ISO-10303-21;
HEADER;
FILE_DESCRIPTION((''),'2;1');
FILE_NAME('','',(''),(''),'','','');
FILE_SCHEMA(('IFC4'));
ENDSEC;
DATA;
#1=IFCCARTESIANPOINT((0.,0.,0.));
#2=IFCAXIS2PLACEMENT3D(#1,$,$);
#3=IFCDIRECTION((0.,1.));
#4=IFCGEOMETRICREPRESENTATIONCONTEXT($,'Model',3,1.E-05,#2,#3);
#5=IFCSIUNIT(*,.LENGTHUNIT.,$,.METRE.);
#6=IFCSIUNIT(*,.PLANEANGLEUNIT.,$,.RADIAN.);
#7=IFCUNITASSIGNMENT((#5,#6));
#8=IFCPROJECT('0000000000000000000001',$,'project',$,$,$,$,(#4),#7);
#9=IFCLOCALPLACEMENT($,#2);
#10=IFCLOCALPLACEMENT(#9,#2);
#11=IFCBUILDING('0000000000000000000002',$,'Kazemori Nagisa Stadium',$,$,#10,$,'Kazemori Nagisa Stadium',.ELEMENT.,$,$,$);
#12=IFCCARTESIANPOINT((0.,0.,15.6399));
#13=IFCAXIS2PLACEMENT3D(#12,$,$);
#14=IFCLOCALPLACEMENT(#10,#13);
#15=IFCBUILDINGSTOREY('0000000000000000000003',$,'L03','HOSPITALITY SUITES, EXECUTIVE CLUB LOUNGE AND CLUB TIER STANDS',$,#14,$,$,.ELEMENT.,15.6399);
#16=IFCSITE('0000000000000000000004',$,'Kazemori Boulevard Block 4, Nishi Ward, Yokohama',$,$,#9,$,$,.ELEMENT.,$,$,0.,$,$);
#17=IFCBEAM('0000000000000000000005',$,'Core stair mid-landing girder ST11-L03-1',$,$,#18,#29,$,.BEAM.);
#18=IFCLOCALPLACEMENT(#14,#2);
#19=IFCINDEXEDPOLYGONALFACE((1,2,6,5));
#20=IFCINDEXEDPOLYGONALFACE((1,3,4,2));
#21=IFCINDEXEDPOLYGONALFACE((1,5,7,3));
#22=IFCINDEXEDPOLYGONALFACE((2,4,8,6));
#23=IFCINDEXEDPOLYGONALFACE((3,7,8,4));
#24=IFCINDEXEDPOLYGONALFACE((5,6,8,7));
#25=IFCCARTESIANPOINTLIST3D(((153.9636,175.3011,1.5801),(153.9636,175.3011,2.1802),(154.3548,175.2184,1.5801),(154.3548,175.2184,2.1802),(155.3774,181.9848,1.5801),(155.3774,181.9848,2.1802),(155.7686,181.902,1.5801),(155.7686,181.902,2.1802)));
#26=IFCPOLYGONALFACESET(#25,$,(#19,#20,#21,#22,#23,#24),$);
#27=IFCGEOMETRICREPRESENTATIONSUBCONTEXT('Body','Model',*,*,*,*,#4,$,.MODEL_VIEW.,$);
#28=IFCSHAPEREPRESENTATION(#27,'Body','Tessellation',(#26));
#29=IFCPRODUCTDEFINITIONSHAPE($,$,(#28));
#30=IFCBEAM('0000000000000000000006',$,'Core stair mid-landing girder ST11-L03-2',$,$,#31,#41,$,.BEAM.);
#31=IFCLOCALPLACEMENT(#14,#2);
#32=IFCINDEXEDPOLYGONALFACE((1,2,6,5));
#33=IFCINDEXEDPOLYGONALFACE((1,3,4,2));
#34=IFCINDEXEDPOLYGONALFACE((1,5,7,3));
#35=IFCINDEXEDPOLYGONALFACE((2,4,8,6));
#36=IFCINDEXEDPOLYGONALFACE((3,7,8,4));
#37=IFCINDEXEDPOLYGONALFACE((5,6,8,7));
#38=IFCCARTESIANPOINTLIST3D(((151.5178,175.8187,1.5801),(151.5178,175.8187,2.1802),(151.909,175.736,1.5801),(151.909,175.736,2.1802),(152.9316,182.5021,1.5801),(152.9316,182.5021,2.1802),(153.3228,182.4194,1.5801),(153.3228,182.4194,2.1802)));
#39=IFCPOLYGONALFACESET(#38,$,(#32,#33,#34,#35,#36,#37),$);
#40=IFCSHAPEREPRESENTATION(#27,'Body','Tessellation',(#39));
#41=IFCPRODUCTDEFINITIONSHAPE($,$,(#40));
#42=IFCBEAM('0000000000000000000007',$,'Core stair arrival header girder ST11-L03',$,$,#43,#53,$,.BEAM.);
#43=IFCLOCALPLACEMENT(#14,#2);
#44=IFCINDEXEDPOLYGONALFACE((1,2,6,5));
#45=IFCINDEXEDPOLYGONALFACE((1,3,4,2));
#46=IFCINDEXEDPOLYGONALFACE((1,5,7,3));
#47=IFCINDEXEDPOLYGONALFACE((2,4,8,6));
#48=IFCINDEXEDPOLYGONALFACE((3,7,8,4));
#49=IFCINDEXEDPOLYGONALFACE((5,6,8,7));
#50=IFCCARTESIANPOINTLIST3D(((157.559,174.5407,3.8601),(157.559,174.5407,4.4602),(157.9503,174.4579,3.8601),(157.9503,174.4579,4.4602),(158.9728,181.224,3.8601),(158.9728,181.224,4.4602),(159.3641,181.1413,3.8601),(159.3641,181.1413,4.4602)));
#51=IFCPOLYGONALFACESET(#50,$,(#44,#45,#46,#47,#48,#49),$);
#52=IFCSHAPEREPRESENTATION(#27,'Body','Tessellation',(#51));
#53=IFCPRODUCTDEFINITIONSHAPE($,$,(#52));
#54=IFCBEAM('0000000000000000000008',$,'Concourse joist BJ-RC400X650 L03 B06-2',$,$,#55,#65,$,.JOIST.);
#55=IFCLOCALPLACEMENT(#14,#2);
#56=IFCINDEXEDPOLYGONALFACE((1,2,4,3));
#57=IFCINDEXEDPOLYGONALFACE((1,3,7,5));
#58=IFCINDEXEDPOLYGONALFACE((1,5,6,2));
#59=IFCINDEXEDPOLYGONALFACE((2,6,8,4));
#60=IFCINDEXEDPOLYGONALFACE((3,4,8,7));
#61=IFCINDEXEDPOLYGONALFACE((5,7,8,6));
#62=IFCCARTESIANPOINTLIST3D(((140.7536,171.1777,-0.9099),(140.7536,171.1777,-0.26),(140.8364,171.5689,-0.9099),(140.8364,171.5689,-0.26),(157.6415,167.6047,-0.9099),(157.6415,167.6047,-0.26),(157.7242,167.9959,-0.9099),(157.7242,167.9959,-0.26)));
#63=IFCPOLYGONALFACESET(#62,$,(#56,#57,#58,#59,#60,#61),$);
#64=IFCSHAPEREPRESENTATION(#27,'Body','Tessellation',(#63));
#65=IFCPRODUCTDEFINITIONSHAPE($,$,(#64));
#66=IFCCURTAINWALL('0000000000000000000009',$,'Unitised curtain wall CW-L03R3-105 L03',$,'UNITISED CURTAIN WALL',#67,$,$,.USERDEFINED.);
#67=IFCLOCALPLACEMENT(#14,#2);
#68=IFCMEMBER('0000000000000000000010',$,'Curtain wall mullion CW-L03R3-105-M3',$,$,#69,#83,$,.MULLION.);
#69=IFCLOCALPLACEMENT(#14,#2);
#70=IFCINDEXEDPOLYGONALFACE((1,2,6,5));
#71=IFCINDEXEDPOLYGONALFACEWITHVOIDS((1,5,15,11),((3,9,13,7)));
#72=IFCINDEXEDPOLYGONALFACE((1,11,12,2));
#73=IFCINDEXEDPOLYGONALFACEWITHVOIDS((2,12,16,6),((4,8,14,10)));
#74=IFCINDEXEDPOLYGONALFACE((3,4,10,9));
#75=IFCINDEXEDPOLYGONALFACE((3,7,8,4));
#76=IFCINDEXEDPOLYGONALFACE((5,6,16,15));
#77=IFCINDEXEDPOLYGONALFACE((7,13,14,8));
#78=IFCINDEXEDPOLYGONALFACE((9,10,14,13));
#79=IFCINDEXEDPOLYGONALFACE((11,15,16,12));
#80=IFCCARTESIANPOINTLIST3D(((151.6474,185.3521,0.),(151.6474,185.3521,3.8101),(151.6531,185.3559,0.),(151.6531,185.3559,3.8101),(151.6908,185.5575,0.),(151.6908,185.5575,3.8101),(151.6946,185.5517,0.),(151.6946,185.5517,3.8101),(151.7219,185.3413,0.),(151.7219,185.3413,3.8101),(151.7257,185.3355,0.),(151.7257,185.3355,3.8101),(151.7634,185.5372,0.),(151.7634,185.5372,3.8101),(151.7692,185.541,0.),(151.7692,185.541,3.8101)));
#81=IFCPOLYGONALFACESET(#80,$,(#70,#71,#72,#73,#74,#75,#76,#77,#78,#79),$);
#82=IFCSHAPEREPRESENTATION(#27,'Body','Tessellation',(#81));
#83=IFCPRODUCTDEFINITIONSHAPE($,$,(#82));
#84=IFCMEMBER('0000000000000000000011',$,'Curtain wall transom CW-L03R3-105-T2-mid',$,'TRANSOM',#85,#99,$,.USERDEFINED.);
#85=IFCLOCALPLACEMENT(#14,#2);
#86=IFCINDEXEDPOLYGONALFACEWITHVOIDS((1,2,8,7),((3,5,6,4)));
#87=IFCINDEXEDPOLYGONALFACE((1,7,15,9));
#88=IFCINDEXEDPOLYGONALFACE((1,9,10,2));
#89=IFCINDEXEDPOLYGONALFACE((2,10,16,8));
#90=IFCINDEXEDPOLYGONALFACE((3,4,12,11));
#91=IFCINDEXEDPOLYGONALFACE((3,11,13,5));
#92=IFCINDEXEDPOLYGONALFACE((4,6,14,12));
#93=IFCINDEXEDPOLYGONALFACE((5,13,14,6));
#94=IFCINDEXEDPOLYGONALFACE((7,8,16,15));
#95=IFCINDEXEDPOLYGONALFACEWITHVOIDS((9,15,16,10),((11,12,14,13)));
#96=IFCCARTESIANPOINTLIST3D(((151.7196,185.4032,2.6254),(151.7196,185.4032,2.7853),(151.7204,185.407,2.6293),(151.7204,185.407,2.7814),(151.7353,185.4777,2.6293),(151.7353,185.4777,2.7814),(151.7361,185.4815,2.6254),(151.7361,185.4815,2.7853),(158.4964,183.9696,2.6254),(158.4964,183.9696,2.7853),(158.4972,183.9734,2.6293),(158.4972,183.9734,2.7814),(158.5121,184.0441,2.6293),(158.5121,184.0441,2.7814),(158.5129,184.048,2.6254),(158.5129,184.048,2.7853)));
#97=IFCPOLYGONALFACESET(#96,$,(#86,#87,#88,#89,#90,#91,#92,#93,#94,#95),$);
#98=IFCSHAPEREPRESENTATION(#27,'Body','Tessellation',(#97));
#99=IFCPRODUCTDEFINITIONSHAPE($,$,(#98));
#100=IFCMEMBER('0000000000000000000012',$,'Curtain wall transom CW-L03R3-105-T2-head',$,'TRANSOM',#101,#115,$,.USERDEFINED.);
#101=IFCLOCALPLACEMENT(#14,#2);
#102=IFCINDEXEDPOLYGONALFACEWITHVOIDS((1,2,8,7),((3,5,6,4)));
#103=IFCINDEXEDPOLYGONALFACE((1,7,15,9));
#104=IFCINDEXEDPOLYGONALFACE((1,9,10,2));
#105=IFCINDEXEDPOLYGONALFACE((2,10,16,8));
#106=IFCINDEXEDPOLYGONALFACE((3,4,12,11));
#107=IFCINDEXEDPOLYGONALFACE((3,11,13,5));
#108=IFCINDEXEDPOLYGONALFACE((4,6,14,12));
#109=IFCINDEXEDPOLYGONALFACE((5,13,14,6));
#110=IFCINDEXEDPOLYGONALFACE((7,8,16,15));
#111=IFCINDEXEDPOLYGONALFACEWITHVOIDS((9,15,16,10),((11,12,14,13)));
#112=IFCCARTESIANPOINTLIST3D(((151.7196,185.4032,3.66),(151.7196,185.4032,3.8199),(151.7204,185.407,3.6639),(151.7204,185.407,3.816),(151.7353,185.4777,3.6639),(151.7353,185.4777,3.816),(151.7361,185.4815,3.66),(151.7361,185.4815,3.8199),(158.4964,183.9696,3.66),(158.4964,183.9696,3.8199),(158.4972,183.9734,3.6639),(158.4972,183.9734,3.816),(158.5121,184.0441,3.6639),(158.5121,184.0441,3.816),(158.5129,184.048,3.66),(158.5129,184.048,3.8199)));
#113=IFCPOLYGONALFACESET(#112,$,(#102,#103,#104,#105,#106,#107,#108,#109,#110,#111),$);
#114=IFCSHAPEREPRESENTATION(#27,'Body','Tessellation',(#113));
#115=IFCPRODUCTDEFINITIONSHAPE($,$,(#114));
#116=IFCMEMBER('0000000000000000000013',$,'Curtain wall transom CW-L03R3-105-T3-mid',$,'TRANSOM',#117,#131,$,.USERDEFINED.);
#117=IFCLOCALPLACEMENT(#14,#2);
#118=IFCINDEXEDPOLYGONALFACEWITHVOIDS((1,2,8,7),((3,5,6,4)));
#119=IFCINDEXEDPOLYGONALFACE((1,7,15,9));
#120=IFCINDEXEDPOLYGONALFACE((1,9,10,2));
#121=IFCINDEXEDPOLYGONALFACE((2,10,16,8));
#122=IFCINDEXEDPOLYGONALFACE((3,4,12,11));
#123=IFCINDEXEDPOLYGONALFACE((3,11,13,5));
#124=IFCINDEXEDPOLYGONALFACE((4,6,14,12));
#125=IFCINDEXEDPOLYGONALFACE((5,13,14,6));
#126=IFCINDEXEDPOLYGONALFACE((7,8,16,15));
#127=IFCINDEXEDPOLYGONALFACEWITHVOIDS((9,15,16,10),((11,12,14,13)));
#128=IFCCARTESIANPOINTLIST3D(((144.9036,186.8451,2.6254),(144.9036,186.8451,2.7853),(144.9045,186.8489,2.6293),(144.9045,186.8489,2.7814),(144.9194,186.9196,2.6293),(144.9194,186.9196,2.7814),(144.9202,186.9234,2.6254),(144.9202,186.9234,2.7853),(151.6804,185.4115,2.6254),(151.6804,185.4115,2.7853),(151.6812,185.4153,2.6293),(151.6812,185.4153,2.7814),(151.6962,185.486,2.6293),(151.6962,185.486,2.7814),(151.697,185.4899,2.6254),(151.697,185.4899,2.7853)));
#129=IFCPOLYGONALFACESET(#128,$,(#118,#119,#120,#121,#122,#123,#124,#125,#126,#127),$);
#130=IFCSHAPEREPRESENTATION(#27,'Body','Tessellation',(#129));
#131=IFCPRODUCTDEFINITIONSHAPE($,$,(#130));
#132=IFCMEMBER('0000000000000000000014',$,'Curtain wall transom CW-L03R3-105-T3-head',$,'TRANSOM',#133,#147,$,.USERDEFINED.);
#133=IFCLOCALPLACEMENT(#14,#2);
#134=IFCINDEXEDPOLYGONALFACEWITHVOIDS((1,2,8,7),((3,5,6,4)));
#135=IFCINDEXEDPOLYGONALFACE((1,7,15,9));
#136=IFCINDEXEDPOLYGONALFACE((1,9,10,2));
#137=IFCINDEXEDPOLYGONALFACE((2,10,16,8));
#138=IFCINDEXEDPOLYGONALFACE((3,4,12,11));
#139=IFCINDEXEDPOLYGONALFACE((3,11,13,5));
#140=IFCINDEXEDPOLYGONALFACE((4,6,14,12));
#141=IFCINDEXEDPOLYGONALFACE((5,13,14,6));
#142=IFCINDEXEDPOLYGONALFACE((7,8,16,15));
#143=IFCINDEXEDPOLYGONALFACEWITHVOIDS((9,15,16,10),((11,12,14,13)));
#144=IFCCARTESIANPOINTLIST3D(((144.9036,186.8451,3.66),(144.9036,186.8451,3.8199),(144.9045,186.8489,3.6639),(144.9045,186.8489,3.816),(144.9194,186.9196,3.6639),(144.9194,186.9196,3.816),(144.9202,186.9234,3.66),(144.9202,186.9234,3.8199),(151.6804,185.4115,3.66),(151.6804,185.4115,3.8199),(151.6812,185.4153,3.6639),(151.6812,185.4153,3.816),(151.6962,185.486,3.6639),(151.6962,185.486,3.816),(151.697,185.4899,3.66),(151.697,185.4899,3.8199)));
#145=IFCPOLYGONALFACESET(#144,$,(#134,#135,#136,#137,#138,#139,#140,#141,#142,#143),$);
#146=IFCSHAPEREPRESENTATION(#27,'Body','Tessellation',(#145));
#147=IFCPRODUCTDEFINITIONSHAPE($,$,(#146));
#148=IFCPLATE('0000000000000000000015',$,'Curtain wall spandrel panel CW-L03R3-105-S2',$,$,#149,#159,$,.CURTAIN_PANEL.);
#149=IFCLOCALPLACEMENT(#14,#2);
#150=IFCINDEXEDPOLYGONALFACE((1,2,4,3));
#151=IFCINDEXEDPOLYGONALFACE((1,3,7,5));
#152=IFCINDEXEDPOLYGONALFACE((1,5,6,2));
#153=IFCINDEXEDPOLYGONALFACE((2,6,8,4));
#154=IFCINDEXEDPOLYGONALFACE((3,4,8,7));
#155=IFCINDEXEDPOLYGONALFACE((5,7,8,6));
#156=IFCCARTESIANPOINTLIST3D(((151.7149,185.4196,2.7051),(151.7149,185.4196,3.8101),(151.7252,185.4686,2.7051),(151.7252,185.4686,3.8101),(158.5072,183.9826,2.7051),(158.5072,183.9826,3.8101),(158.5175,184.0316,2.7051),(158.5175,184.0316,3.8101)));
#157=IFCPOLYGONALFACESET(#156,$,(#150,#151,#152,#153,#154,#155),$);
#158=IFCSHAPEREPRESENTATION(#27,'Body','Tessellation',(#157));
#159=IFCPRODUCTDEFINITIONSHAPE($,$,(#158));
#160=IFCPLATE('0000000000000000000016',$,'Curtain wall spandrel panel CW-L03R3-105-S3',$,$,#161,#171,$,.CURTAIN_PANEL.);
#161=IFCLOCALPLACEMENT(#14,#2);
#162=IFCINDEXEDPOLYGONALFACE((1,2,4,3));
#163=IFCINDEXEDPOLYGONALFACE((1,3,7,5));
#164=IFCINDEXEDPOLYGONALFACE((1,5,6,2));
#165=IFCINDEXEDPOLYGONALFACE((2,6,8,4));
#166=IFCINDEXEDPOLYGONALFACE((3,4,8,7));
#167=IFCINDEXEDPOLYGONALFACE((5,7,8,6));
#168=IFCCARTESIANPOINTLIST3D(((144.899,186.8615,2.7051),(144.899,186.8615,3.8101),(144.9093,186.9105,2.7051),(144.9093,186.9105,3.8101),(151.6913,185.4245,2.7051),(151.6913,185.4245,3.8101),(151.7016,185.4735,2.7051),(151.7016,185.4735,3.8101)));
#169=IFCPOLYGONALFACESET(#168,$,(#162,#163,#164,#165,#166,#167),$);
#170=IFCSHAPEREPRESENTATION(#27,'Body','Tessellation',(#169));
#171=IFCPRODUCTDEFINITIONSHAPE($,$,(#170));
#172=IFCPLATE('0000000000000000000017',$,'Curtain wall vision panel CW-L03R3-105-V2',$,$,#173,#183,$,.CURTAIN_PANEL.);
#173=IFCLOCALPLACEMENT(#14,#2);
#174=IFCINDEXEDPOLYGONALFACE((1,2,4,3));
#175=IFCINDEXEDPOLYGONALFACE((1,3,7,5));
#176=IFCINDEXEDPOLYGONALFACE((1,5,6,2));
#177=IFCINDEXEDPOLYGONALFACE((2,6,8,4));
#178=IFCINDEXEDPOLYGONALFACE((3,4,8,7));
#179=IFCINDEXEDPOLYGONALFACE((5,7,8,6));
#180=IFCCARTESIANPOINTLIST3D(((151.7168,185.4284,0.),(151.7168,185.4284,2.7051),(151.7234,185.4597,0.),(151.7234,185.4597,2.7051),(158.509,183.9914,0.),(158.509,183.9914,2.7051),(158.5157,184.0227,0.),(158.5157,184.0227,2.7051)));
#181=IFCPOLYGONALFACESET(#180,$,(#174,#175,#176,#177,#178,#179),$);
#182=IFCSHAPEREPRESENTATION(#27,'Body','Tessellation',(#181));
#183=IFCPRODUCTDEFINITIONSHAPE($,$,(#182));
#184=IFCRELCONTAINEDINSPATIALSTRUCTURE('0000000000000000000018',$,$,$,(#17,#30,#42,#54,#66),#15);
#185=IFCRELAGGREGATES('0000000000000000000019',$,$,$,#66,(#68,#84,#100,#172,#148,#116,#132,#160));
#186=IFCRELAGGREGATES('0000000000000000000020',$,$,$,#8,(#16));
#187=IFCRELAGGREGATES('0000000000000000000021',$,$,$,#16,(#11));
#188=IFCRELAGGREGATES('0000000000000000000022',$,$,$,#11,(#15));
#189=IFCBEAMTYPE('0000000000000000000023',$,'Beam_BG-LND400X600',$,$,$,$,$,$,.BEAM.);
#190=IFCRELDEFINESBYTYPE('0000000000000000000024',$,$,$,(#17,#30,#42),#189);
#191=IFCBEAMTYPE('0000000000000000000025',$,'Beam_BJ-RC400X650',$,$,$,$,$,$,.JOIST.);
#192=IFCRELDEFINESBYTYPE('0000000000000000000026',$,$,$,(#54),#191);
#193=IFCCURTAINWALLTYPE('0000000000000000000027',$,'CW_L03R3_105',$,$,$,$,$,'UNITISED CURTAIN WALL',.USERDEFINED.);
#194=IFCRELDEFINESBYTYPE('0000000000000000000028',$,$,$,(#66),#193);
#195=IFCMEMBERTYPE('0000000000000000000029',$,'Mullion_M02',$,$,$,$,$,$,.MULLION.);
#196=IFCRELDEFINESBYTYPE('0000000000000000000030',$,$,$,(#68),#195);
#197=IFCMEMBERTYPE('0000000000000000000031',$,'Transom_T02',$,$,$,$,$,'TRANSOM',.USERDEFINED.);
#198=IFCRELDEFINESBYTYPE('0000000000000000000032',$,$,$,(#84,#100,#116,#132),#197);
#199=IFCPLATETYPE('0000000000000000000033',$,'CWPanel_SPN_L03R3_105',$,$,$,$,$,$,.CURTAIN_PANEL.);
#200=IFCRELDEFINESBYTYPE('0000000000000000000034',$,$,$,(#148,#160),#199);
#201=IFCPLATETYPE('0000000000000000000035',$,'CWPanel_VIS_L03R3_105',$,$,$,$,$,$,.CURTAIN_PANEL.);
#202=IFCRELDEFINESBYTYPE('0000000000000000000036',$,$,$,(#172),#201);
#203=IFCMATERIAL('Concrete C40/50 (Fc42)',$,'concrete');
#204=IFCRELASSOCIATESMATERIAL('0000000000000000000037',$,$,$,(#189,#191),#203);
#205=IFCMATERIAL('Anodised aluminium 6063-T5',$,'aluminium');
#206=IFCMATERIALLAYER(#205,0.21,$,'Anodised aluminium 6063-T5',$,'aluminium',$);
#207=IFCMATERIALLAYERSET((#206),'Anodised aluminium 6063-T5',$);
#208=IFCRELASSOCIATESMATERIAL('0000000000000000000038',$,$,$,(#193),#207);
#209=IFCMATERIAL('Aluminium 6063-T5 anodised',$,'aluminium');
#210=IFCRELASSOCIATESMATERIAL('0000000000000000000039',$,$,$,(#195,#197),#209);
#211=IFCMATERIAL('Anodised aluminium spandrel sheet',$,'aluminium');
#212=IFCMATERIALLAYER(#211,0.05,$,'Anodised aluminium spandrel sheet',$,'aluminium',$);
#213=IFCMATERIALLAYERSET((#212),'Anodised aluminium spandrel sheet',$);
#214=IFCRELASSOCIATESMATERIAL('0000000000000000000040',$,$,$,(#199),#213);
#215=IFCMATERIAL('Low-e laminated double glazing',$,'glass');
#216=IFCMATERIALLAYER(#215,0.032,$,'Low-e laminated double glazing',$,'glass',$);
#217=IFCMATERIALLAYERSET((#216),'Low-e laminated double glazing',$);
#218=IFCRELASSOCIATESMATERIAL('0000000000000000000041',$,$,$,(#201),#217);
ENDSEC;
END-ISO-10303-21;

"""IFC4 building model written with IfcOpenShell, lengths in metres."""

from ifc_helpers import new_model, si_unit, direction, frame, origin, origin_2d, place, context, subcontext, project, spatial, rectangle, hollow_rectangle, extrude, material, layer, layer_set, material_profile, profile_set, type_object, element, aggregate, save


model = new_model("IFC4")

# Units and contexts
model_context = context("Model", 3, precision=1e-05, world=origin(), true_north=direction((0.0, 1.0)))
body_context = subcontext(model_context, "Body", "Model", "MODEL_VIEW")
ifc_project = project(units=[si_unit("LENGTHUNIT", "METRE"), si_unit("PLANEANGLEUNIT", "RADIAN")], contexts=[model_context])

# Site, building, storey
site_placement = place(None, origin())
site = spatial("IfcSite", under=ifc_project, at=site_placement, Name="Kazemori Boulevard Block 4, Nishi Ward, Yokohama", CompositionType="ELEMENT", RefElevation=0.0)
building_placement = place(site_placement, origin())
building = spatial("IfcBuilding", under=site, at=building_placement, Name="Kazemori Nagisa Stadium", LongName="Kazemori Nagisa Stadium", CompositionType="ELEMENT")
storey_placement = place(building_placement, frame((0.0, 0.0, 15.6399)))
storey = spatial("IfcBuildingStorey", under=building, at=storey_placement, Name="L03", Description="HOSPITALITY SUITES, EXECUTIVE CLUB LOUNGE AND CLUB TIER STANDS", CompositionType="ELEMENT", Elevation=15.6399)

# Beams
ifc_material_1 = material(Name="Concrete C40/50 (Fc42)", Category="concrete")
ifc_material_profile_1 = material_profile(ifc_material_1, rectangle(XDim=0.3999, YDim=0.6001, at=origin_2d()), Name="RC-BM-400x600")
ifc_profile_set_1 = profile_set([ifc_material_profile_1], Name="Concrete C40/50 (Fc42)")
beam_type_1 = type_object("IfcBeamType", Name="Beam_BG-LND400X600", PredefinedType="BEAM", material=ifc_profile_set_1)
beam_1_placement = place(storey_placement, frame((154.1592, 175.2598, 1.8801), z_axis=(0.206956, 0.97835, 0.0), x_axis=(-0.97835, 0.206956, 0.0)))
element("IfcBeam", 1, at=beam_1_placement, inside=storey, type_object=beam_type_1, Name="Core stair mid-landing girder ST11-L03-1", PredefinedType="BEAM", context=body_context, shape_type="SweptSolid", body=[
    extrude(rectangle(XDim=0.3999, YDim=0.6001, at=origin_2d()), origin(), (0.0, 0.0, 1.0), 6.8315),
])
for number, where, z_axis, x_axis, name in (
    (2, (151.7134, 175.7773, 1.8801), (0.206963, 0.978349, 0.0), (-0.978349, 0.206963, 0.0), "Core stair mid-landing girder ST11-L03-2"),
    (3, (157.7546, 174.4993, 4.1602), (0.206963, 0.978349, 0.0), (-0.978349, 0.206963, 0.0), "Core stair arrival header girder ST11-L03"),
):
    element("IfcBeam", number, at=place(storey_placement, frame(where, z_axis=z_axis, x_axis=x_axis)), inside=storey, type_object=beam_type_1, Name=name, PredefinedType="BEAM", context=body_context, shape_type="SweptSolid", body=[
        extrude(rectangle(XDim=0.3999, YDim=0.6001, at=origin_2d()), origin(), (0.0, 0.0, 1.0), 6.8313),
    ])
ifc_material_profile_2 = material_profile(ifc_material_1, rectangle(XDim=0.3999, YDim=0.6499, at=origin_2d()), Name="RC-BM-400x650")
ifc_profile_set_2 = profile_set([ifc_material_profile_2], Name="Concrete C40/50 (Fc42)")
beam_type_2 = type_object("IfcBeamType", Name="Beam_BJ-RC400X650", PredefinedType="JOIST", material=ifc_profile_set_2)
beam_2_placement = place(storey_placement, frame((157.6829, 167.8003, -0.585), z_axis=(-0.978343, 0.206989, 0.0), x_axis=(-0.206989, -0.978343, 0.0)))
element("IfcBeam", 4, at=beam_2_placement, inside=storey, type_object=beam_type_2, Name="Concourse joist BJ-RC400X650 L03 B06-2", PredefinedType="JOIST", context=body_context, shape_type="SweptSolid", body=[
    extrude(rectangle(XDim=0.3999, YDim=0.6499, at=origin_2d()), origin(), (0.0, 0.0, 1.0), 17.2617),
])

# Curtain wall, members, plates
ifc_material_2 = material(Name="Anodised aluminium 6063-T5", Category="aluminium")
ifc_layer_1 = layer(ifc_material_2, 0.21, Name="Anodised aluminium 6063-T5", Category="aluminium")
ifc_layer_set_1 = layer_set([ifc_layer_1], Name="Anodised aluminium 6063-T5")
curtain_wall_type = type_object("IfcCurtainWallType", Name="CW_L03R3_105", ElementType="UNITISED CURTAIN WALL", PredefinedType="USERDEFINED", material=ifc_layer_set_1)
curtain_wall_placement = place(storey_placement, origin())
curtain_wall = element("IfcCurtainWall", 5, at=curtain_wall_placement, inside=storey, type_object=curtain_wall_type, Name="Unitised curtain wall CW-L03R3-105 L03", ObjectType="UNITISED CURTAIN WALL", PredefinedType="USERDEFINED")
ifc_material_3 = material(Name="Aluminium 6063-T5 anodised", Category="aluminium")
ifc_material_profile_3 = material_profile(ifc_material_3, hollow_rectangle(XDim=0.0801, YDim=0.21, WallThickness=0.0049, at=origin_2d()), Name="ALU-MULL-80x210x5")
ifc_profile_set_3 = profile_set([ifc_material_profile_3], Name="Aluminium 6063-T5 anodised")
member_type_1 = type_object("IfcMemberType", Name="Mullion_M02", PredefinedType="MULLION", material=ifc_profile_set_3)
member_1_placement = place(storey_placement, frame((151.7083, 185.4465, 0.0), z_axis=(0.0, 0.0, 1.0), x_axis=(-0.978345, 0.206981, 0.0)))
member_1 = element("IfcMember", 6, at=member_1_placement, type_object=member_type_1, Name="Curtain wall mullion CW-L03R3-105-M3", PredefinedType="MULLION", context=body_context, shape_type="SweptSolid", body=[
    extrude(hollow_rectangle(XDim=0.0801, YDim=0.21, WallThickness=0.0049, at=origin_2d()), origin(), (0.0, 0.0, 1.0), 3.8101),
])
ifc_material_profile_4 = material_profile(ifc_material_3, hollow_rectangle(XDim=0.0801, YDim=0.1599, WallThickness=0.0039, at=origin_2d()), Name="ALU-TRAN-80x160x4")
ifc_profile_set_4 = profile_set([ifc_material_profile_4], Name="Aluminium 6063-T5 anodised")
member_type_2 = type_object("IfcMemberType", Name="Transom_T02", ElementType="TRANSOM", PredefinedType="USERDEFINED", material=ifc_profile_set_4)
member_2_placement = place(storey_placement, frame((158.5046, 184.0088, 2.7053), z_axis=(-0.978349, 0.206962, 0.0), x_axis=(-0.206962, -0.978349, 0.0)))
member_2 = element("IfcMember", 7, at=member_2_placement, type_object=member_type_2, Name="Curtain wall transom CW-L03R3-105-T2-mid", ObjectType="TRANSOM", PredefinedType="USERDEFINED", context=body_context, shape_type="SweptSolid", body=[
    extrude(hollow_rectangle(XDim=0.0801, YDim=0.1599, WallThickness=0.0039, at=origin_2d()), origin(), (0.0, 0.0, 1.0), 6.9268),
])
member_3_placement = place(storey_placement, frame((158.5046, 184.0088, 3.74), z_axis=(-0.978349, 0.206962, 0.0), x_axis=(-0.206962, -0.978349, 0.0)))
member_3 = element("IfcMember", 8, at=member_3_placement, type_object=member_type_2, Name="Curtain wall transom CW-L03R3-105-T2-head", ObjectType="TRANSOM", PredefinedType="USERDEFINED", context=body_context, shape_type="SweptSolid", body=[
    extrude(hollow_rectangle(XDim=0.0801, YDim=0.1599, WallThickness=0.0039, at=origin_2d()), origin(), (0.0, 0.0, 1.0), 6.9268),
])
member_4_placement = place(storey_placement, frame((151.6887, 185.4507, 2.7053), z_axis=(-0.978349, 0.206962, 0.0), x_axis=(-0.206962, -0.978349, 0.0)))
member_4 = element("IfcMember", 9, at=member_4_placement, type_object=member_type_2, Name="Curtain wall transom CW-L03R3-105-T3-mid", ObjectType="TRANSOM", PredefinedType="USERDEFINED", context=body_context, shape_type="SweptSolid", body=[
    extrude(hollow_rectangle(XDim=0.0801, YDim=0.1599, WallThickness=0.0039, at=origin_2d()), origin(), (0.0, 0.0, 1.0), 6.9268),
])
member_5_placement = place(storey_placement, frame((151.6887, 185.4507, 3.74), z_axis=(-0.978349, 0.206962, 0.0), x_axis=(-0.206962, -0.978349, 0.0)))
member_5 = element("IfcMember", 10, at=member_5_placement, type_object=member_type_2, Name="Curtain wall transom CW-L03R3-105-T3-head", ObjectType="TRANSOM", PredefinedType="USERDEFINED", context=body_context, shape_type="SweptSolid", body=[
    extrude(hollow_rectangle(XDim=0.0801, YDim=0.1599, WallThickness=0.0039, at=origin_2d()), origin(), (0.0, 0.0, 1.0), 6.9268),
])
ifc_material_4 = material(Name="Anodised aluminium spandrel sheet", Category="aluminium")
ifc_layer_2 = layer(ifc_material_4, 0.05, Name="Anodised aluminium spandrel sheet", Category="aluminium")
ifc_layer_set_2 = layer_set([ifc_layer_2], Name="Anodised aluminium spandrel sheet")
plate_type_1 = type_object("IfcPlateType", Name="CWPanel_SPN_L03R3_105", PredefinedType="CURTAIN_PANEL", material=ifc_layer_set_2)
plate_1_placement = place(storey_placement, frame((155.1162, 184.7256, 2.7051), z_axis=(0.0, 0.0, 1.0), x_axis=(-0.978345, 0.206981, 0.0)))
plate_1 = element("IfcPlate", 11, at=plate_1_placement, type_object=plate_type_1, Name="Curtain wall spandrel panel CW-L03R3-105-S2", PredefinedType="CURTAIN_PANEL", context=body_context, shape_type="SweptSolid", body=[
    extrude(rectangle(XDim=6.9426, YDim=0.05, at=origin_2d()), origin(), (0.0, 0.0, 1.0), 1.105),
])
plate_2_placement = place(storey_placement, frame((148.3003, 186.1675, 2.7051), z_axis=(0.0, 0.0, 1.0), x_axis=(-0.978345, 0.206981, 0.0)))
plate_2 = element("IfcPlate", 12, at=plate_2_placement, type_object=plate_type_1, Name="Curtain wall spandrel panel CW-L03R3-105-S3", PredefinedType="CURTAIN_PANEL", context=body_context, shape_type="SweptSolid", body=[
    extrude(rectangle(XDim=6.9426, YDim=0.05, at=origin_2d()), origin(), (0.0, 0.0, 1.0), 1.105),
])
ifc_material_5 = material(Name="Low-e laminated double glazing", Category="glass")
ifc_layer_3 = layer(ifc_material_5, 0.032, Name="Low-e laminated double glazing", Category="glass")
ifc_layer_set_3 = layer_set([ifc_layer_3], Name="Low-e laminated double glazing")
plate_type_2 = type_object("IfcPlateType", Name="CWPanel_VIS_L03R3_105", PredefinedType="CURTAIN_PANEL", material=ifc_layer_set_3)
plate_3_placement = place(storey_placement, frame((155.1162, 184.7256, 0.0), z_axis=(0.0, 0.0, 1.0), x_axis=(-0.978345, 0.206981, 0.0)))
plate_3 = element("IfcPlate", 13, at=plate_3_placement, type_object=plate_type_2, Name="Curtain wall vision panel CW-L03R3-105-V2", PredefinedType="CURTAIN_PANEL", context=body_context, shape_type="SweptSolid", body=[
    extrude(rectangle(XDim=6.9426, YDim=0.032, at=origin_2d()), origin(), (0.0, 0.0, 1.0), 2.7051),
])
aggregate(curtain_wall, [member_1, member_2, member_3, plate_3, plate_1, member_4, member_5, plate_2])

save(model, "model.ifc")
